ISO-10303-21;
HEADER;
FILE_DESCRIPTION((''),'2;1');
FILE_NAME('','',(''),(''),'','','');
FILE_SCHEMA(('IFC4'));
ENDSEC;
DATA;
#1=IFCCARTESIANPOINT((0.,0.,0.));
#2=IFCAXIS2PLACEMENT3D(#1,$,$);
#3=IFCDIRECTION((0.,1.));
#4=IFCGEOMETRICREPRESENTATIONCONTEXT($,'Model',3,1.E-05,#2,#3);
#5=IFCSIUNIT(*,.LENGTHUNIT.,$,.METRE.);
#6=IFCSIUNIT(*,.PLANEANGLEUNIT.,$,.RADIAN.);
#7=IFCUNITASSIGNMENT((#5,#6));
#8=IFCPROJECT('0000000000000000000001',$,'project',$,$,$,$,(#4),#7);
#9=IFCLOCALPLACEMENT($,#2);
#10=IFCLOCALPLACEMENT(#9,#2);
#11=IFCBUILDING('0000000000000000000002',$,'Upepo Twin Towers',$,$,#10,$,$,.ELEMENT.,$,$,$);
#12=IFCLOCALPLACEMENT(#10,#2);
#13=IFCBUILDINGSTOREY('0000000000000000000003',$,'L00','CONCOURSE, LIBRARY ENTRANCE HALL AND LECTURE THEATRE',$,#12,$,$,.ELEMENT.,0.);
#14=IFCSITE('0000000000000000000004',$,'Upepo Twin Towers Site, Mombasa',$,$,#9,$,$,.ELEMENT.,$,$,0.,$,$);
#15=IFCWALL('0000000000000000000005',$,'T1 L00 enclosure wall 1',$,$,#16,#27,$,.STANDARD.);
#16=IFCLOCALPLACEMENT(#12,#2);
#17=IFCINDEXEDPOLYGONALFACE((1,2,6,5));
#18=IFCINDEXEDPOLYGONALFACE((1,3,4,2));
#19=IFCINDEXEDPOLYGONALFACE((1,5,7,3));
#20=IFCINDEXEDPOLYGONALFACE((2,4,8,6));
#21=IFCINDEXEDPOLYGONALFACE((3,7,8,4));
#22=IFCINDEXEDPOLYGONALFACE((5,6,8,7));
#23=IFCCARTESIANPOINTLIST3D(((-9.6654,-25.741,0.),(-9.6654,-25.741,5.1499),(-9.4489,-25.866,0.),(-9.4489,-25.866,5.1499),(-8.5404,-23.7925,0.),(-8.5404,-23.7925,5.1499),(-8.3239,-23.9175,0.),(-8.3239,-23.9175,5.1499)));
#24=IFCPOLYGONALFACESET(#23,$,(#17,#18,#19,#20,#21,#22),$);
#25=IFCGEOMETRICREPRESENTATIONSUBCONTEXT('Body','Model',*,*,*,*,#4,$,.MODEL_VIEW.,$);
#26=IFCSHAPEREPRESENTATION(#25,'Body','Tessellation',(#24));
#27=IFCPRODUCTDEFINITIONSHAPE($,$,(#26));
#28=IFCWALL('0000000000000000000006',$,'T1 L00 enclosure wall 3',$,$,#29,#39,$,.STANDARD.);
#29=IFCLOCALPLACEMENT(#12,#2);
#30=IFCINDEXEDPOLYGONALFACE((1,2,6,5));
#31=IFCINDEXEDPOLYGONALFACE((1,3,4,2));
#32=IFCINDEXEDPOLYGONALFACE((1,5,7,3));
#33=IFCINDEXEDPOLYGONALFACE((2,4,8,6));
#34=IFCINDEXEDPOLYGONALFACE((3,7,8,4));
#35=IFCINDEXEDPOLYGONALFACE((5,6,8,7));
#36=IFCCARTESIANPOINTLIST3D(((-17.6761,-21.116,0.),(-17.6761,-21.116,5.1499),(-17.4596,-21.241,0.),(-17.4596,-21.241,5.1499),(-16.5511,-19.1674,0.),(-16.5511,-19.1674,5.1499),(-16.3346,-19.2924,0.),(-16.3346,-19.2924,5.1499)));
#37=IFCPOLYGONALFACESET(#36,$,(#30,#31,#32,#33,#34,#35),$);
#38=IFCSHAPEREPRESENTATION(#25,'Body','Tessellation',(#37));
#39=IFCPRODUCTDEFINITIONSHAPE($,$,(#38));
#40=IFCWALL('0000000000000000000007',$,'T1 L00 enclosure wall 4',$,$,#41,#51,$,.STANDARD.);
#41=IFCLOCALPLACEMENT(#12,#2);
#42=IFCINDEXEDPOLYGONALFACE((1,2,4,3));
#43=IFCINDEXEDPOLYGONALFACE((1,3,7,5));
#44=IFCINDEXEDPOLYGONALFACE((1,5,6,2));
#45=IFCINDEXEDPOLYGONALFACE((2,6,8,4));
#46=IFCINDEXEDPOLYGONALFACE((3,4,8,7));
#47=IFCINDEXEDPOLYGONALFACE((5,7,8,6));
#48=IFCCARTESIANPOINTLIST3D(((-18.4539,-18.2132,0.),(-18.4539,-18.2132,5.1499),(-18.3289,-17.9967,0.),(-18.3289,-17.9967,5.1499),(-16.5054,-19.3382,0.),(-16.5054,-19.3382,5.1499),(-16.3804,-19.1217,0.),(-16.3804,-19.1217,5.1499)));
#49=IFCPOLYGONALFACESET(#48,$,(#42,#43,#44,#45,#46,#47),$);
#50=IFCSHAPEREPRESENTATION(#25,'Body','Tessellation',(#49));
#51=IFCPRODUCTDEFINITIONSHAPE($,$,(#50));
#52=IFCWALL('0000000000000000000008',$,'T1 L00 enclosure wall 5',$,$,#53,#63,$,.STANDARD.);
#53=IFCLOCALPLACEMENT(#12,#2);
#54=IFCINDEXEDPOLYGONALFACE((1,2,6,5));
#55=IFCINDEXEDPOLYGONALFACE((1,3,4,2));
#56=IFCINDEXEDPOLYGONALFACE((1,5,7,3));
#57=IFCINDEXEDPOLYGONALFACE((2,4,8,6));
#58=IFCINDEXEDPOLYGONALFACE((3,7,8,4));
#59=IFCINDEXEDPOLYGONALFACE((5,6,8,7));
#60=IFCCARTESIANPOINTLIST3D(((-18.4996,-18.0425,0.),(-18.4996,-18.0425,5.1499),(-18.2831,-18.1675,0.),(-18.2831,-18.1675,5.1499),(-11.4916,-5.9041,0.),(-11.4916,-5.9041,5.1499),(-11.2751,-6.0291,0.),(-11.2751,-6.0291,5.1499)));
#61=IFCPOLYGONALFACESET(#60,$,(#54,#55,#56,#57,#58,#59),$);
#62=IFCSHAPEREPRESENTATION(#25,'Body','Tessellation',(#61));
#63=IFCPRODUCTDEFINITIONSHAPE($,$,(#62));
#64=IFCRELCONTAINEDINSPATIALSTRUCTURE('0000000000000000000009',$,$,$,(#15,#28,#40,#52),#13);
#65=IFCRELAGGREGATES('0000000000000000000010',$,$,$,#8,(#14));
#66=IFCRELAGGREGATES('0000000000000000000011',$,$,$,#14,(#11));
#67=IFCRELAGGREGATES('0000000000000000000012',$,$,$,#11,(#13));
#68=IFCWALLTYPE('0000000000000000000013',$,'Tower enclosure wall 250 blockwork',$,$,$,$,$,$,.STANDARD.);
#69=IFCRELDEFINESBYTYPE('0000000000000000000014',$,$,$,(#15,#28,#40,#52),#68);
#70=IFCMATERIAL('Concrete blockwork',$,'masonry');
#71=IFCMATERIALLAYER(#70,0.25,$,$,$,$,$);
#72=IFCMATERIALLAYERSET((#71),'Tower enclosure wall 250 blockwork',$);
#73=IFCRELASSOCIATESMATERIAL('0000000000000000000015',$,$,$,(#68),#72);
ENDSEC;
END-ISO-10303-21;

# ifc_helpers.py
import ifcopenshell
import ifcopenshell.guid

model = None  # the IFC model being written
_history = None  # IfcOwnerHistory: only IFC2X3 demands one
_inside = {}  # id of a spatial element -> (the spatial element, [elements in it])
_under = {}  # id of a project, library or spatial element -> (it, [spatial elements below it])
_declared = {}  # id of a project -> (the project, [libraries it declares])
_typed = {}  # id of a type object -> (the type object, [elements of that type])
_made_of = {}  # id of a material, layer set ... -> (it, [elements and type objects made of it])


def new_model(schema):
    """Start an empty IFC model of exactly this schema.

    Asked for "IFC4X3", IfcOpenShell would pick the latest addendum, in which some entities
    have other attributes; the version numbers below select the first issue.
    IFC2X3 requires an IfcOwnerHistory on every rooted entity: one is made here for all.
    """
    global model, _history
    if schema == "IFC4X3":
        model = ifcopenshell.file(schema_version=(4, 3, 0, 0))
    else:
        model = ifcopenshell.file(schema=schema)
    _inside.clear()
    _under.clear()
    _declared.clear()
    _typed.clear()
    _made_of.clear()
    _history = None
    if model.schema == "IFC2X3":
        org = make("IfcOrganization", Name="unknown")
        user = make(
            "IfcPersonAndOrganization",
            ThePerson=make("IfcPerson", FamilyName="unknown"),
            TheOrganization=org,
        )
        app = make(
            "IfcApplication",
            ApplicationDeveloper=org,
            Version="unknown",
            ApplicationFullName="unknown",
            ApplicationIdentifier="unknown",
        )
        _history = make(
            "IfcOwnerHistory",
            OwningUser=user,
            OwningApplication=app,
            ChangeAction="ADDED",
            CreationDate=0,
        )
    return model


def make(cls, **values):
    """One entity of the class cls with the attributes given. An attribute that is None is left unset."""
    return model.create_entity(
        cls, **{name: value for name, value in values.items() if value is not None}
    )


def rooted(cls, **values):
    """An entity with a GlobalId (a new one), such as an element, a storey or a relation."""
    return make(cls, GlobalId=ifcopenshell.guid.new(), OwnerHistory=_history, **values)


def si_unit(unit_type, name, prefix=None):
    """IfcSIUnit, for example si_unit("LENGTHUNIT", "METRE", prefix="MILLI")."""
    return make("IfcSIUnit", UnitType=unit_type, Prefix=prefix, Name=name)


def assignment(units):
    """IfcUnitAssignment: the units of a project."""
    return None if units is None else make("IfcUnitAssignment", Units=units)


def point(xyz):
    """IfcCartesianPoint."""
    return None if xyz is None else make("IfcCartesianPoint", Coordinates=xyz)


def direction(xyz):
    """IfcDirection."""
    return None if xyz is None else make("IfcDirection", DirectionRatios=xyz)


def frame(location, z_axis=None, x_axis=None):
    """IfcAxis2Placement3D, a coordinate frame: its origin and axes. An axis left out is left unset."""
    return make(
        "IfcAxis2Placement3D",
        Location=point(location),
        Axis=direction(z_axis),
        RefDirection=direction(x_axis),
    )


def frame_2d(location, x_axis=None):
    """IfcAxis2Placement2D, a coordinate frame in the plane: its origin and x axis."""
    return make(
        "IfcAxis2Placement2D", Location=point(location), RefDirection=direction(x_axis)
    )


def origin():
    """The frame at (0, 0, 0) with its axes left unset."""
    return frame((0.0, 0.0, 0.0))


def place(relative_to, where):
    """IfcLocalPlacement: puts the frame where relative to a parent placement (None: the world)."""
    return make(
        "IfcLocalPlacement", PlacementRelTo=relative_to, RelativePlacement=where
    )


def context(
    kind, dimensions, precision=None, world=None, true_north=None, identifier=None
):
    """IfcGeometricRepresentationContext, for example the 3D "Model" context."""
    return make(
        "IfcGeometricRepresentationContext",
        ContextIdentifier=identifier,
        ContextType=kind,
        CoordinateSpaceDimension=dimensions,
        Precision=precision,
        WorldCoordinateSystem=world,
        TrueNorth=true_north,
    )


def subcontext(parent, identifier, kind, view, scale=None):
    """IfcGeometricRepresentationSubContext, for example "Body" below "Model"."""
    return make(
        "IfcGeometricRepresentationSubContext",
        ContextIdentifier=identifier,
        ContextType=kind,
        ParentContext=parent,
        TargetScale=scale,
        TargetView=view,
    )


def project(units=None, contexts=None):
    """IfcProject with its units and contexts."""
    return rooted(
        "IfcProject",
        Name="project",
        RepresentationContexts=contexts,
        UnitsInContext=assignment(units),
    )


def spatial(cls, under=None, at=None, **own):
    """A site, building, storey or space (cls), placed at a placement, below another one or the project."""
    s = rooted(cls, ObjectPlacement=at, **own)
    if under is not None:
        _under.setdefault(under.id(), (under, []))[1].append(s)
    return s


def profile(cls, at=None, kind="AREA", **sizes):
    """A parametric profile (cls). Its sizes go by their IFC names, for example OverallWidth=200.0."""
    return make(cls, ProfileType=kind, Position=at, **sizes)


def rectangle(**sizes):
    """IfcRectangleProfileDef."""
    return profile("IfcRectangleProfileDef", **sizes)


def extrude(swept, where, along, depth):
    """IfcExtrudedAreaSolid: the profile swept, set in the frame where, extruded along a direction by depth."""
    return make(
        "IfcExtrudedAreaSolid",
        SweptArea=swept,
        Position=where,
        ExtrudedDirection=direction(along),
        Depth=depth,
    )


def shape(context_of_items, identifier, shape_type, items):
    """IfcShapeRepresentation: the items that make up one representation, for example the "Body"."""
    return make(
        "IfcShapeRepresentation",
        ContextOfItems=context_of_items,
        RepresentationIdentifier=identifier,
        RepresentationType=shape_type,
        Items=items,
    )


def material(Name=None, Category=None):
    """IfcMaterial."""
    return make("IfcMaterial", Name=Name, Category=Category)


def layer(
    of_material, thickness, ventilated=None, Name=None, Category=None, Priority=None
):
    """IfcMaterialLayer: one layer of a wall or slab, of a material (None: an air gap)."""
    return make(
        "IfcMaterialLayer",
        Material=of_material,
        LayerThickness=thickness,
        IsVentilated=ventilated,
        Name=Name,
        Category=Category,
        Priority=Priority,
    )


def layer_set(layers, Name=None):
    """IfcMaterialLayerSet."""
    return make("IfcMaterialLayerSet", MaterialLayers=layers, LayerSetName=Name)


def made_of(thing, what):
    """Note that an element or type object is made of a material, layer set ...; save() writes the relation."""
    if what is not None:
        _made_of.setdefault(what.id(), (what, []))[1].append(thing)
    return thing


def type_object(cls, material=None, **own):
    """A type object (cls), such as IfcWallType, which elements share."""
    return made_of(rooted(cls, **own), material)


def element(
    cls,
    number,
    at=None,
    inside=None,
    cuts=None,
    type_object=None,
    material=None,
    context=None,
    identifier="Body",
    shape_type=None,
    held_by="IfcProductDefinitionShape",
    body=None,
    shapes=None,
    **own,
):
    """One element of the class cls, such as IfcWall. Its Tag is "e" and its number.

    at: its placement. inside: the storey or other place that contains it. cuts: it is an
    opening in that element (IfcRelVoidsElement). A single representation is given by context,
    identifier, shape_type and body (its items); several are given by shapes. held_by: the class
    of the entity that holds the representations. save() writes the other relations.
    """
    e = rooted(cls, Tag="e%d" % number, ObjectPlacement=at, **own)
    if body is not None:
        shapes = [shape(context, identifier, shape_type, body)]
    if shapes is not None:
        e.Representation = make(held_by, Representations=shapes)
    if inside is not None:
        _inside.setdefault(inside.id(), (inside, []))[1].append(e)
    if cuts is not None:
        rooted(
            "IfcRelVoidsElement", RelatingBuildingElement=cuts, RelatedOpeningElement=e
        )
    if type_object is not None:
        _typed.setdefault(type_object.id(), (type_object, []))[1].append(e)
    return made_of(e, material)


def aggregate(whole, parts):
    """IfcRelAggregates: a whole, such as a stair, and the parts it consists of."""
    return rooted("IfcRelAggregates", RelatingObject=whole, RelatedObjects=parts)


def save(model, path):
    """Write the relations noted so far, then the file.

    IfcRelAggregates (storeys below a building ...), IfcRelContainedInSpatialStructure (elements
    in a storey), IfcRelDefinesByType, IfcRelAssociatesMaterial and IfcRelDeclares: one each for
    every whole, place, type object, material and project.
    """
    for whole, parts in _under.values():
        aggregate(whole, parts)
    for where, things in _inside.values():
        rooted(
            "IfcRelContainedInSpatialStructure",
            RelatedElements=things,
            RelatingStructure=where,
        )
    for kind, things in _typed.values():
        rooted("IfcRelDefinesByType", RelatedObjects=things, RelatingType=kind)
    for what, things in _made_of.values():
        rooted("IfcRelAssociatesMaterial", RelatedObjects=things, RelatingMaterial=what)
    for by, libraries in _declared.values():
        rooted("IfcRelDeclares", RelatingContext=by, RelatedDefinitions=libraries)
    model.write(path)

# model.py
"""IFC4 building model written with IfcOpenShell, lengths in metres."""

from ifc_helpers import new_model, si_unit, direction, frame, frame_2d, origin, place, context, subcontext, project, spatial, rectangle, extrude, material, layer, layer_set, type_object, element, save


model = new_model("IFC4")

# Units and contexts
model_context = context("Model", 3, precision=1e-05, world=origin(), true_north=direction((0.0, 1.0)))
body_context = subcontext(model_context, "Body", "Model", "MODEL_VIEW")
ifc_project = project(units=[si_unit("LENGTHUNIT", "METRE"), si_unit("PLANEANGLEUNIT", "RADIAN")], contexts=[model_context])

# Site, building, storey
site_placement = place(None, origin())
site = spatial("IfcSite", under=ifc_project, at=site_placement, Name="Upepo Twin Towers Site, Mombasa", CompositionType="ELEMENT", RefElevation=0.0)
building_placement = place(site_placement, origin())
building = spatial("IfcBuilding", under=site, at=building_placement, Name="Upepo Twin Towers", CompositionType="ELEMENT")
storey_placement = place(building_placement, origin())
storey = spatial("IfcBuildingStorey", under=building, at=storey_placement, Name="L00", Description="CONCOURSE, LIBRARY ENTRANCE HALL AND LECTURE THEATRE", CompositionType="ELEMENT", Elevation=0.0)

# Walls
ifc_material_1 = material(Name="Concrete blockwork", Category="masonry")
ifc_layer_1 = layer(ifc_material_1, 0.25)
ifc_layer_set_1 = layer_set([ifc_layer_1], Name="Tower enclosure wall 250 blockwork")
wall_type_1 = type_object("IfcWallType", Name="Tower enclosure wall 250 blockwork", PredefinedType="STANDARD", material=ifc_layer_set_1)
for number, where, z_axis, x_axis, name in (
    (1, (-8.4321, -23.855, 0.0), (0.0, 0.0, 1.0), (-0.500014, -0.866018, 0.0), "T1 L00 enclosure wall 1"),
    (2, (-17.5679, -21.1785, 0.0), (0.0, 0.0, 1.0), (0.500014, 0.866018, 0.0), "T1 L00 enclosure wall 3"),
    (3, (-16.4429, -19.23, 0.0), (0.0, 0.0, 1.0), (-0.866018, 0.500014, 0.0), "T1 L00 enclosure wall 4"),
):
    element("IfcWall", number, at=place(storey_placement, frame(where, z_axis=z_axis, x_axis=x_axis)), inside=storey, type_object=wall_type_1, Name=name, PredefinedType="STANDARD", context=body_context, shape_type="SweptSolid", body=[
        extrude(rectangle(XDim=2.25, YDim=0.25, at=frame_2d((1.125, 0.0))), origin(), (0.0, 0.0, 1.0), 5.1499),
    ])
wall_1_placement = place(storey_placement, frame((-18.3914, -18.105, 0.0), z_axis=(0.0, 0.0, 1.0), x_axis=(0.499996, 0.866028, 0.0)))
element("IfcWall", 4, at=wall_1_placement, inside=storey, type_object=wall_type_1, Name="T1 L00 enclosure wall 5", PredefinedType="STANDARD", context=body_context, shape_type="SweptSolid", body=[
    extrude(rectangle(XDim=14.0161, YDim=0.25, at=frame_2d((7.0081, 0.0))), origin(), (0.0, 0.0, 1.0), 5.1499),
])

save(model, "model.ifc")
